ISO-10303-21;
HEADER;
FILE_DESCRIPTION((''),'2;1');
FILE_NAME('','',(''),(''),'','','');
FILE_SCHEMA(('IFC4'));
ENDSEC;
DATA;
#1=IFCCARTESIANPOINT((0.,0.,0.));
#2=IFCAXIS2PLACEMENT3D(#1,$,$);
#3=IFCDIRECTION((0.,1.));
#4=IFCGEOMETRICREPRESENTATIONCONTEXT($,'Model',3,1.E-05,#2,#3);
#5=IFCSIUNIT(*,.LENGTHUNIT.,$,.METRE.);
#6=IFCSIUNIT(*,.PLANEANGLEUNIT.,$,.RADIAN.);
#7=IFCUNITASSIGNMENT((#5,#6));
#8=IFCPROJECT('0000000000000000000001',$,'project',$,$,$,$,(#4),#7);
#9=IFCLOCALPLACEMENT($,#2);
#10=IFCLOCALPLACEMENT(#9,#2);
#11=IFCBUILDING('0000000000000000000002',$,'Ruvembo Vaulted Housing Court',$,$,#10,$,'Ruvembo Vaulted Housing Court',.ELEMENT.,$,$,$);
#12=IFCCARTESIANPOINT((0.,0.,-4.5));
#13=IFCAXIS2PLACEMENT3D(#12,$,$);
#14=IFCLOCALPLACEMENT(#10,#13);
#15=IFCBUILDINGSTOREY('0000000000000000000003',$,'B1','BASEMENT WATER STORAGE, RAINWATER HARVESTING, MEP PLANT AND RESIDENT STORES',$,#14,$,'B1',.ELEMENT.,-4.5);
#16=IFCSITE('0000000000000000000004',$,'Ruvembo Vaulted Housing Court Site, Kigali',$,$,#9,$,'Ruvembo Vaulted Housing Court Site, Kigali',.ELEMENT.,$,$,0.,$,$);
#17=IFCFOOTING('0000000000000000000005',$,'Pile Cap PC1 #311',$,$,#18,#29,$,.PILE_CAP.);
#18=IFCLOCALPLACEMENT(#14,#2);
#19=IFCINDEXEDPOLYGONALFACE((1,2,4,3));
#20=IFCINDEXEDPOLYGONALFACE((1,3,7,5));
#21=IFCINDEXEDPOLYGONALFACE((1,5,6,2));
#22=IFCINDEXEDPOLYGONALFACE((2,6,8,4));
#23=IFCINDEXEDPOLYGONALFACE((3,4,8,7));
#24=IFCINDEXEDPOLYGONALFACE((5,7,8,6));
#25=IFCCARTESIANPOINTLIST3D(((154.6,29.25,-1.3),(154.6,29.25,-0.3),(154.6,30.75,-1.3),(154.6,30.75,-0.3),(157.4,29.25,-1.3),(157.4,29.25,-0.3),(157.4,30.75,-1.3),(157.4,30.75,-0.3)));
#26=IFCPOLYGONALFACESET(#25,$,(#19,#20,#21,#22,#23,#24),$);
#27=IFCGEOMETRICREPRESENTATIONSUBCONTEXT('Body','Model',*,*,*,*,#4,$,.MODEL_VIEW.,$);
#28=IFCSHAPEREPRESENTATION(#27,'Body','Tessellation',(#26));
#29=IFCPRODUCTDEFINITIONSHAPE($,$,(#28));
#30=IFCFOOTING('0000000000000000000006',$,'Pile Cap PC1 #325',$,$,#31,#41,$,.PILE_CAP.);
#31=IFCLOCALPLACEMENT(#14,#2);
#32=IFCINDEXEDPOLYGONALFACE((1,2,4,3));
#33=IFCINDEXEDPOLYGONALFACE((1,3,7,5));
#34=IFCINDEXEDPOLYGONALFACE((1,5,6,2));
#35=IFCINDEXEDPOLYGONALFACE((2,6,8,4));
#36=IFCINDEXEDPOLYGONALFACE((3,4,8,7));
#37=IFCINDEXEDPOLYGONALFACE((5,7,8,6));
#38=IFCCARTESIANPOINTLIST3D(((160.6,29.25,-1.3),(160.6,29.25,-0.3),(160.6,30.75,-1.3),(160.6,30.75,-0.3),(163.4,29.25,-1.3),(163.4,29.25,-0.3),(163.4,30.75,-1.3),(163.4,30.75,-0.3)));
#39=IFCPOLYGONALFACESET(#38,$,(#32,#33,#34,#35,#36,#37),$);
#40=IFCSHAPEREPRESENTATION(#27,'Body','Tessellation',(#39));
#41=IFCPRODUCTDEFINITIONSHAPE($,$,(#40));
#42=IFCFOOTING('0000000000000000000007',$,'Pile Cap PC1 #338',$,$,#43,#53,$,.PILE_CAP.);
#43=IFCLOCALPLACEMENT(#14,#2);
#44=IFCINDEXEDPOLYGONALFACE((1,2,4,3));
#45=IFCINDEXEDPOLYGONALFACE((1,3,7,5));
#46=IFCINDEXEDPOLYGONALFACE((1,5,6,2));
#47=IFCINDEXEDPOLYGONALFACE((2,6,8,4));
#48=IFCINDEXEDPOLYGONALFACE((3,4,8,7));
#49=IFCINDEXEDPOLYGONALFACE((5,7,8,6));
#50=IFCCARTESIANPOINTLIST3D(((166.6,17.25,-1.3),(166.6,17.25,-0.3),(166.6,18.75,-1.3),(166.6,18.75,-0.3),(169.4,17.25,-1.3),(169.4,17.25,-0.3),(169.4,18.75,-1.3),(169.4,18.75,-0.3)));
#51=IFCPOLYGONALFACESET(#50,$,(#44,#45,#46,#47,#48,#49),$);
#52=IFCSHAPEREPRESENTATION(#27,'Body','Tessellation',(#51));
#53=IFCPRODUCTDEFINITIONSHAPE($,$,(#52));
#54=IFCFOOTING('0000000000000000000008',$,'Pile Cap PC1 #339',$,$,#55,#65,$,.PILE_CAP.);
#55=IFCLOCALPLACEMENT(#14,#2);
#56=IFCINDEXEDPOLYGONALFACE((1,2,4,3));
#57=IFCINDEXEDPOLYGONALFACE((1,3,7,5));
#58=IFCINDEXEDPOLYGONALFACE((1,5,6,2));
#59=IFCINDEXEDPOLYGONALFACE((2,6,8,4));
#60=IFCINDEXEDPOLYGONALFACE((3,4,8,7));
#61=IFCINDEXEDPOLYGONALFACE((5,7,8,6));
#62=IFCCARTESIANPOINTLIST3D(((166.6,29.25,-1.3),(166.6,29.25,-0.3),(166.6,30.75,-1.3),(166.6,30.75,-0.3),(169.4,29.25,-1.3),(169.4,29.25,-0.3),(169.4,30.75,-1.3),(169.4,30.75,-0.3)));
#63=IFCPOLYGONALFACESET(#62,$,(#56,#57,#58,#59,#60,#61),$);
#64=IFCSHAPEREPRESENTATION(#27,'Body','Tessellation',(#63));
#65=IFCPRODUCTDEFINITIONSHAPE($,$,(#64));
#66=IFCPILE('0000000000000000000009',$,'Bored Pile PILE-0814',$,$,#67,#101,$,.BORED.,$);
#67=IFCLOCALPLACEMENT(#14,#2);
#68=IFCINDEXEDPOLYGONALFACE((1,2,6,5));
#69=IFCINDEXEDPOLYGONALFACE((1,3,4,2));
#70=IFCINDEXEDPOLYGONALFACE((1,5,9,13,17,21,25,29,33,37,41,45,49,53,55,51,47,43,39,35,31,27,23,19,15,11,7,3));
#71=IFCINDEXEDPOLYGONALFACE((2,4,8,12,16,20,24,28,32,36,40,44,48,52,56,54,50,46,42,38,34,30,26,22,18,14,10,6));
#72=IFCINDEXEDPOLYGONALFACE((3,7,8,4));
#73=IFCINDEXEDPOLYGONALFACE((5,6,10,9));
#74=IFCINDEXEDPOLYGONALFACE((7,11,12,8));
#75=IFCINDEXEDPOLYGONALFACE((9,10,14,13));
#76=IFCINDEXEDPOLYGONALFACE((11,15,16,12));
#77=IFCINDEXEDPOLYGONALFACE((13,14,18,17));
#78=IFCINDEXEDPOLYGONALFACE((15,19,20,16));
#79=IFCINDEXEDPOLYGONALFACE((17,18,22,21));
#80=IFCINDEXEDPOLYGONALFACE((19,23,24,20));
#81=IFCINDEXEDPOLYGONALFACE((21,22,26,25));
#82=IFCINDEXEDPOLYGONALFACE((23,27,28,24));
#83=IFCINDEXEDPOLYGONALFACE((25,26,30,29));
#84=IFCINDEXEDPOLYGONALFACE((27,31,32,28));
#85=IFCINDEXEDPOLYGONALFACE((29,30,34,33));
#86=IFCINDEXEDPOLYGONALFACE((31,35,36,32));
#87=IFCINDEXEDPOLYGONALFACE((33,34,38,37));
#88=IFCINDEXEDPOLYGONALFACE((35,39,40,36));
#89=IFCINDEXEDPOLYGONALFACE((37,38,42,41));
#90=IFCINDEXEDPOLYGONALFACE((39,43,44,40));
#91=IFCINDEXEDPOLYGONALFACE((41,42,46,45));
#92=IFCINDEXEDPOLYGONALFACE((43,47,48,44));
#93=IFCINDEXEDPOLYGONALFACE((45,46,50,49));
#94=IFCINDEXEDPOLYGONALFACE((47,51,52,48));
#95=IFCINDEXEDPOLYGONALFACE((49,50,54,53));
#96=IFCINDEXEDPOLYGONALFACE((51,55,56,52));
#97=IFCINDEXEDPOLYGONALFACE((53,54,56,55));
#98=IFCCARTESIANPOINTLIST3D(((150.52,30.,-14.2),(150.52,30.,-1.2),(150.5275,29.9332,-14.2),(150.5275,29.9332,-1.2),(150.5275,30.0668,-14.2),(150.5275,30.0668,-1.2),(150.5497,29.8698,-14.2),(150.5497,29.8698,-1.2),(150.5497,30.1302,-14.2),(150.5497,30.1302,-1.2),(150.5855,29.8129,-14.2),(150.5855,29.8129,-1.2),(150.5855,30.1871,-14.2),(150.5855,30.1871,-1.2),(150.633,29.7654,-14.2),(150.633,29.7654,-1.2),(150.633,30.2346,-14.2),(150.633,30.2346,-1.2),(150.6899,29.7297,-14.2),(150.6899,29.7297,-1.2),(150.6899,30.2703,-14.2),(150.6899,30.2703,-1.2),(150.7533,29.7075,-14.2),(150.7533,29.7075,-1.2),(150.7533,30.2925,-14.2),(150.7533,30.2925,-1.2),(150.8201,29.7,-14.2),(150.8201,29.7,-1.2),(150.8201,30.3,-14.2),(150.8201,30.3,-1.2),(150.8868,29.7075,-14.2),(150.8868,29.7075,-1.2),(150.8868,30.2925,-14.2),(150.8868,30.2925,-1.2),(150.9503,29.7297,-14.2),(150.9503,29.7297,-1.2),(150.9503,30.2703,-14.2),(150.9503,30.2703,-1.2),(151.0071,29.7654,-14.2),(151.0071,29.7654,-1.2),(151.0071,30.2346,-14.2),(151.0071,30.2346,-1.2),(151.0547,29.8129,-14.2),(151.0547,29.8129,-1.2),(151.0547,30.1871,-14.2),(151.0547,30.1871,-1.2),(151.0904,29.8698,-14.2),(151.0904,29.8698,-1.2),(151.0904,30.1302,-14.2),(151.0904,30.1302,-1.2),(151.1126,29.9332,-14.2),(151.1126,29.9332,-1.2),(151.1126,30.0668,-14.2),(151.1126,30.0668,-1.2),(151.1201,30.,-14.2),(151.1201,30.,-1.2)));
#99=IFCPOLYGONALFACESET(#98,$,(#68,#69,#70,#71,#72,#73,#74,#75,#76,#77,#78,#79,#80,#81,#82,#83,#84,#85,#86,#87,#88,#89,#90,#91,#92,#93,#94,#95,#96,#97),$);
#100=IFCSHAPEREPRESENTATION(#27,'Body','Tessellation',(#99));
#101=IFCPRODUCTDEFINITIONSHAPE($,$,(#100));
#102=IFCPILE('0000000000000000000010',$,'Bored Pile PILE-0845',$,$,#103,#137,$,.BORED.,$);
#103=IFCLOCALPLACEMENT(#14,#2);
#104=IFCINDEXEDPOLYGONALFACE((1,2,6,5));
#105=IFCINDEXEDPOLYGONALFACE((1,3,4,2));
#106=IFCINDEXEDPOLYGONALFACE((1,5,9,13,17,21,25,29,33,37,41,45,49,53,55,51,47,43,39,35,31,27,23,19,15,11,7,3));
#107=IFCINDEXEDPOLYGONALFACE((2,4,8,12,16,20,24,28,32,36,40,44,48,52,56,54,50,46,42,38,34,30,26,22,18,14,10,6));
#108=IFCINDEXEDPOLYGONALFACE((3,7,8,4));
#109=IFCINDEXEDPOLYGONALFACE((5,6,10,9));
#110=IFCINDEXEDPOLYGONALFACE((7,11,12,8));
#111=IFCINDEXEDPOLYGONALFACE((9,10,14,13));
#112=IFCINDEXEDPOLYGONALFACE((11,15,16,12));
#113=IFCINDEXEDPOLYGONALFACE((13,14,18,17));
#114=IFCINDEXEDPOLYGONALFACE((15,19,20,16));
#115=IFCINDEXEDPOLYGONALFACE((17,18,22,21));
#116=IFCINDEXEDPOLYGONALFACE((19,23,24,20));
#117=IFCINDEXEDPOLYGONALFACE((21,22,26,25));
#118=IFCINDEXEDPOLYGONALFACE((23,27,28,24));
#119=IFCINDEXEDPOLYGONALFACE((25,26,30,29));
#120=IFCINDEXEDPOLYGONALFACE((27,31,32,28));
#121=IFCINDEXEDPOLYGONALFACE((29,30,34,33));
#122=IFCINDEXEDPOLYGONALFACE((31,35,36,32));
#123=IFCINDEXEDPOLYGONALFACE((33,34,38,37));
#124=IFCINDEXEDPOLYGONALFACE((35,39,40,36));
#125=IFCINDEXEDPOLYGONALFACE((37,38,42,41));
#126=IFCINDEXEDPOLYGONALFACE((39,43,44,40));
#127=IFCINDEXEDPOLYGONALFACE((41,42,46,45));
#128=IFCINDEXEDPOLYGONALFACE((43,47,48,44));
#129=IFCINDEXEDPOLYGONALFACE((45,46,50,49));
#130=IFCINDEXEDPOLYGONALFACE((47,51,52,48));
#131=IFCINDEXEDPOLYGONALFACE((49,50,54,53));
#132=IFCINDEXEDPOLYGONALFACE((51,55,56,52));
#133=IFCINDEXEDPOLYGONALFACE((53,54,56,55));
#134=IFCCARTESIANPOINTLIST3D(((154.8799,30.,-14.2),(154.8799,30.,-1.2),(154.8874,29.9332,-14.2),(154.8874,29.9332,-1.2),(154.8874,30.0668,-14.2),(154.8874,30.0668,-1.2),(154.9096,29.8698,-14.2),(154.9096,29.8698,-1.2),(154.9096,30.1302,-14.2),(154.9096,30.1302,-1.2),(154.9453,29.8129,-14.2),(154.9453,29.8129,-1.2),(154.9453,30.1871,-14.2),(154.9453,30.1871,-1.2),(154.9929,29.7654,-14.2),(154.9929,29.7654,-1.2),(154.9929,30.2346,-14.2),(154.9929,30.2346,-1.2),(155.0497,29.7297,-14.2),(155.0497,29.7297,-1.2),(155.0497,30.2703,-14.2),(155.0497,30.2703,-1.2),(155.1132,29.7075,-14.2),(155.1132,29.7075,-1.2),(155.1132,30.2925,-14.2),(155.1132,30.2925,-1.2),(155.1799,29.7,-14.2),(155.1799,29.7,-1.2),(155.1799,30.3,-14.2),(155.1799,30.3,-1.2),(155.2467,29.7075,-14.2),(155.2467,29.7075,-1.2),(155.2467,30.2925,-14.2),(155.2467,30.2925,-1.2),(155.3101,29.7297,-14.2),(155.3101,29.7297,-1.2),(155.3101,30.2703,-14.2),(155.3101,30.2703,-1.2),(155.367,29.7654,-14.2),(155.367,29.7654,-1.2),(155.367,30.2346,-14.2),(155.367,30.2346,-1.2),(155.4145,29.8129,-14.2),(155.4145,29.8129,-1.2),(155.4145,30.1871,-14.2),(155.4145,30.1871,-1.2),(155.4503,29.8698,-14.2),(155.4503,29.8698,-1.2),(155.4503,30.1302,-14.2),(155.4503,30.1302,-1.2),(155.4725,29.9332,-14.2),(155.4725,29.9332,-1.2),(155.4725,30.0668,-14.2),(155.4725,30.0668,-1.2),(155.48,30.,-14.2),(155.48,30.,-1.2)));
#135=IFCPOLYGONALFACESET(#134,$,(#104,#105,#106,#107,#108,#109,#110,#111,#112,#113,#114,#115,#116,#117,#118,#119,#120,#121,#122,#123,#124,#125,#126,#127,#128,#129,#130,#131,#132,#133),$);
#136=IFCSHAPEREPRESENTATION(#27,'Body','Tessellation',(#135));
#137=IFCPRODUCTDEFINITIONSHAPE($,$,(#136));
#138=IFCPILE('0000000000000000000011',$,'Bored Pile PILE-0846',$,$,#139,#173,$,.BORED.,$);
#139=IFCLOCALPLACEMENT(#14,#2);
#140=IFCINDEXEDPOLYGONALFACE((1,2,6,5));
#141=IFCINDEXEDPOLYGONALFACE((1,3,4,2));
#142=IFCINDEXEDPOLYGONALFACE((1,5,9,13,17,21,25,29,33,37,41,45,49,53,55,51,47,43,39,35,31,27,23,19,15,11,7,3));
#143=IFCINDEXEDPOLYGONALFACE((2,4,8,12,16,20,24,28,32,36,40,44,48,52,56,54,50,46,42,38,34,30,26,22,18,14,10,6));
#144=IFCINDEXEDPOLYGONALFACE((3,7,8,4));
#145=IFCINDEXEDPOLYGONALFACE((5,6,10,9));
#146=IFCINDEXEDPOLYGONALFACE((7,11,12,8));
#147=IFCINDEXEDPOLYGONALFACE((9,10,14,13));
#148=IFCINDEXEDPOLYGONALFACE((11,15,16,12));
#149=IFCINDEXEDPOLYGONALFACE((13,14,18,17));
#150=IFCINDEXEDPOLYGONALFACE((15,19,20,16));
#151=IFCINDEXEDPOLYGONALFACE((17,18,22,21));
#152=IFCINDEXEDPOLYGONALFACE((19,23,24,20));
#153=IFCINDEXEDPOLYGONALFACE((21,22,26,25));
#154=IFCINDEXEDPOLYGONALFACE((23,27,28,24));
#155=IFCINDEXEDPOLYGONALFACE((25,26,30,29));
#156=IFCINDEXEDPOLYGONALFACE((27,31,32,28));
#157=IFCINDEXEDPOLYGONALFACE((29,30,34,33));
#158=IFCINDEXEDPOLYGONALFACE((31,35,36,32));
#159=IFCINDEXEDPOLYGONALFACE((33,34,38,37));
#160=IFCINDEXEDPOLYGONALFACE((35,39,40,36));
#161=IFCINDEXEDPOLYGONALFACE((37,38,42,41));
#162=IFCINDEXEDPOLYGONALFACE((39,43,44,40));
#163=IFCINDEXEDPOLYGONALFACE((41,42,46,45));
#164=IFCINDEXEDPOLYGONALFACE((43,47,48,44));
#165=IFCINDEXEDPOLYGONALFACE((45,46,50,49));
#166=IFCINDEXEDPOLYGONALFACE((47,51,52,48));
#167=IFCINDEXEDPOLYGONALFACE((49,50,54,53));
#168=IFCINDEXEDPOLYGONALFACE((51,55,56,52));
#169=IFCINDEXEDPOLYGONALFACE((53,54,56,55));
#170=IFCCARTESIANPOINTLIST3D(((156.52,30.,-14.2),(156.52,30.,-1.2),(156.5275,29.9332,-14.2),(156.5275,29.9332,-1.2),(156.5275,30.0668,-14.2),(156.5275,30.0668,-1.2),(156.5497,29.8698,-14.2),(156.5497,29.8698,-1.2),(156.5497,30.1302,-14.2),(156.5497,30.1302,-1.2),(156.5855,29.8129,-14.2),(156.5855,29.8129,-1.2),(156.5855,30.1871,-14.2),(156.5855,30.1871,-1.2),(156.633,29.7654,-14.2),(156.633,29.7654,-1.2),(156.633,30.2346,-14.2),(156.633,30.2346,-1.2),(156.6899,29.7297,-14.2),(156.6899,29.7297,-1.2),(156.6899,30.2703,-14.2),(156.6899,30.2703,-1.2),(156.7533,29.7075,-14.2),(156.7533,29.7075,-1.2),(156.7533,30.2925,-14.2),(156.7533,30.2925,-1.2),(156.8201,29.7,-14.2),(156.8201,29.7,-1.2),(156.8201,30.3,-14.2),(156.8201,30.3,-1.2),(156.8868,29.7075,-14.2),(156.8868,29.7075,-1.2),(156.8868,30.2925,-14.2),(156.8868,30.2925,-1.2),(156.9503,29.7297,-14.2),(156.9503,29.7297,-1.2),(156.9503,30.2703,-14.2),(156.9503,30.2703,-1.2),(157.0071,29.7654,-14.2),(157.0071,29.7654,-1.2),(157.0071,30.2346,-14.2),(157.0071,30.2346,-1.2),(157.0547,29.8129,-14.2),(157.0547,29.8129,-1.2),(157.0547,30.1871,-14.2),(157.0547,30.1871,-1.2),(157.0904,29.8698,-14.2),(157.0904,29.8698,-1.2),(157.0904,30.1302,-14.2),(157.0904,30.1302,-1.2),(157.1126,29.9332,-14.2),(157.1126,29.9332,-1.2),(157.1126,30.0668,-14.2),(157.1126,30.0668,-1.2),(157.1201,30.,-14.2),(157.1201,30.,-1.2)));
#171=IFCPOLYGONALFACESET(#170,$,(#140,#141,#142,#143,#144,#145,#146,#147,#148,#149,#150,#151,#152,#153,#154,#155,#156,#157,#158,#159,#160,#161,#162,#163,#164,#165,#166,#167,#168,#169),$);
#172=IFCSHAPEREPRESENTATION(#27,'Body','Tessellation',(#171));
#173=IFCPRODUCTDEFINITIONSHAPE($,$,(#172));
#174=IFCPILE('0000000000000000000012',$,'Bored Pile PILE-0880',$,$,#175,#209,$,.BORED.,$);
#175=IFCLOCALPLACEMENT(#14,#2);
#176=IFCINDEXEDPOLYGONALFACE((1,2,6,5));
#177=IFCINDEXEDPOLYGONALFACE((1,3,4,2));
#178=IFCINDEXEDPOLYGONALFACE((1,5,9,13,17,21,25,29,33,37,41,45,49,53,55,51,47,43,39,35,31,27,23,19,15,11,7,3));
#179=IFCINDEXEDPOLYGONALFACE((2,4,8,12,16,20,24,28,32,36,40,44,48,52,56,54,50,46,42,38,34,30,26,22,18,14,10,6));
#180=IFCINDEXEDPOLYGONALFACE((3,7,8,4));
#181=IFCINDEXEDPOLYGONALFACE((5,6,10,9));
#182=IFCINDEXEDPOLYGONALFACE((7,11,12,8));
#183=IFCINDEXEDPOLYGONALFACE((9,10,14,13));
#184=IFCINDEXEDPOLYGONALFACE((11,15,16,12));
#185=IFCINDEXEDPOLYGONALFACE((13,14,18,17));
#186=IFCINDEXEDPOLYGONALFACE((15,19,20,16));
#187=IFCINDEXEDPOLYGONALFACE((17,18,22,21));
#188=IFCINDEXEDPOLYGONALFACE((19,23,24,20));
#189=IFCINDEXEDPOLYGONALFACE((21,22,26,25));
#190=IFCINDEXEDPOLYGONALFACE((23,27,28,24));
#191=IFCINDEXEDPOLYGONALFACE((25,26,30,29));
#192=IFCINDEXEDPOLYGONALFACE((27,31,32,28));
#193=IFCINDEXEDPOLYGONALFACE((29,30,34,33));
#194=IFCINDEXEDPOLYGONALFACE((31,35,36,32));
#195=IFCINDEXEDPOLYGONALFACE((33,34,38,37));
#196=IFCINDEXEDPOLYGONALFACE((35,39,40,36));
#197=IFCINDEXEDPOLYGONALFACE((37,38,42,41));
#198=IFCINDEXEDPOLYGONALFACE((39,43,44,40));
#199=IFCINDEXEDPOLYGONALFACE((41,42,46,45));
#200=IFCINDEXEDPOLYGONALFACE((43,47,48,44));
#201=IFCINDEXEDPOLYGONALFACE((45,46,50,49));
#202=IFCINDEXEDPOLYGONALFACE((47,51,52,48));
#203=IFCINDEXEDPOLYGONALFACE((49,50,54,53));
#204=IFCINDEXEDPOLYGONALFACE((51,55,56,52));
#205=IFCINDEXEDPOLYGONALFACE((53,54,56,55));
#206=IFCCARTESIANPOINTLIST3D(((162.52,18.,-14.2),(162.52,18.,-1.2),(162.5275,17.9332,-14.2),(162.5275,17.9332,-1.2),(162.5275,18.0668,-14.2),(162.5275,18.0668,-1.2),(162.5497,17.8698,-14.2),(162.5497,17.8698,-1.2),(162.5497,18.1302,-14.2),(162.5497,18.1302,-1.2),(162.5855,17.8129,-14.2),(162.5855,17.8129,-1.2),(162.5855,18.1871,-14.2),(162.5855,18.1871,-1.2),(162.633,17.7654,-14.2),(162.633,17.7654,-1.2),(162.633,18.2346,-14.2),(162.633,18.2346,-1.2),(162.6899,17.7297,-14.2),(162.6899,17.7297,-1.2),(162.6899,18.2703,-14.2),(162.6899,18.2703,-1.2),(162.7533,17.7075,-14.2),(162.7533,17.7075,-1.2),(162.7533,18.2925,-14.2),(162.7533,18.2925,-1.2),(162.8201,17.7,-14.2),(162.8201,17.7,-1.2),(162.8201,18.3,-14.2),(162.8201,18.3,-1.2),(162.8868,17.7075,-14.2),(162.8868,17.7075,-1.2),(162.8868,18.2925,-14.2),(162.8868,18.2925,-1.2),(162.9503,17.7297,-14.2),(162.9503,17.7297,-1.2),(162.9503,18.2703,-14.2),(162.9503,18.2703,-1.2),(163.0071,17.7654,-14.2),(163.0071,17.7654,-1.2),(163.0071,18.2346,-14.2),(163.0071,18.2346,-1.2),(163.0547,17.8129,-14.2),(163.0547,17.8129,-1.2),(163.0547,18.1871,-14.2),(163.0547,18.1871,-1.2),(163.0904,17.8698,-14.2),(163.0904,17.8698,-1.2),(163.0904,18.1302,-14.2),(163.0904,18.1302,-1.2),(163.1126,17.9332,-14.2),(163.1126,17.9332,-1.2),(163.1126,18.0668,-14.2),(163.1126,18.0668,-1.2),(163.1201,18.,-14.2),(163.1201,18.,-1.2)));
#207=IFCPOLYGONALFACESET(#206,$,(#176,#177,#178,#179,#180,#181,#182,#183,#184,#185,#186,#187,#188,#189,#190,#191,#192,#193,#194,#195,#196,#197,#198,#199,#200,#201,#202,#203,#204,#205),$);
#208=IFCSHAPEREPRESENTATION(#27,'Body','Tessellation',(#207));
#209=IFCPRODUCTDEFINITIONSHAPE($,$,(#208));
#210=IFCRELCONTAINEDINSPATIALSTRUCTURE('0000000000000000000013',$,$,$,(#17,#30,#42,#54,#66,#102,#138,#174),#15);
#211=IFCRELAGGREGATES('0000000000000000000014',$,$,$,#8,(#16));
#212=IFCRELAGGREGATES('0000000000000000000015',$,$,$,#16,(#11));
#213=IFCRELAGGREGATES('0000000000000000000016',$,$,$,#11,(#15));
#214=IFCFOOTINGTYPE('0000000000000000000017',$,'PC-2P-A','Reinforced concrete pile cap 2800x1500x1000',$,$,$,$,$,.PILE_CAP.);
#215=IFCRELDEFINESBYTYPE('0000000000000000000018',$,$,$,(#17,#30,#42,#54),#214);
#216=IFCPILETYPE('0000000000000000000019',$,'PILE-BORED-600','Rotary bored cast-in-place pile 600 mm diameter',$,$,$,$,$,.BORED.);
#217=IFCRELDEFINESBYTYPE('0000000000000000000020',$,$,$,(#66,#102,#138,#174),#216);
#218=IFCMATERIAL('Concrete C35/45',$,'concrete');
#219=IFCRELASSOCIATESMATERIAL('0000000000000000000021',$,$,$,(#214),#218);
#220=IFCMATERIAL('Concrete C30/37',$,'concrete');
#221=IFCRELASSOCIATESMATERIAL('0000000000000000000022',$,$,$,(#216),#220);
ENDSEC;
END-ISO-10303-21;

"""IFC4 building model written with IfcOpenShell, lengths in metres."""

from ifc_helpers import new_model, si_unit, direction, frame, origin, origin_2d, place, context, subcontext, project, spatial, rectangle, circle, extrude, material, material_profile, profile_set, type_object, element, save


model = new_model("IFC4")

# Units and contexts
model_context = context("Model", 3, precision=1e-05, world=origin(), true_north=direction((0.0, 1.0)))
body_context = subcontext(model_context, "Body", "Model", "MODEL_VIEW")
ifc_project = project(units=[si_unit("LENGTHUNIT", "METRE"), si_unit("PLANEANGLEUNIT", "RADIAN")], contexts=[model_context])

# Site, building, storey
site_placement = place(None, origin())
site = spatial("IfcSite", under=ifc_project, at=site_placement, Name="Ruvembo Vaulted Housing Court Site, Kigali", LongName="Ruvembo Vaulted Housing Court Site, Kigali", CompositionType="ELEMENT", RefElevation=0.0)
building_placement = place(site_placement, origin())
building = spatial("IfcBuilding", under=site, at=building_placement, Name="Ruvembo Vaulted Housing Court", LongName="Ruvembo Vaulted Housing Court", CompositionType="ELEMENT")
storey_placement = place(building_placement, frame((0.0, 0.0, -4.5)))
storey = spatial("IfcBuildingStorey", under=building, at=storey_placement, Name="B1", Description="BASEMENT WATER STORAGE, RAINWATER HARVESTING, MEP PLANT AND RESIDENT STORES", LongName="B1", CompositionType="ELEMENT", Elevation=-4.5)

# Footings
ifc_material_1 = material(Name="Concrete C35/45", Category="concrete")
footing_type = type_object("IfcFootingType", Name="PC-2P-A", Description="Reinforced concrete pile cap 2800x1500x1000", PredefinedType="PILE_CAP", material=ifc_material_1)
for number, where, z_axis, x_axis, name in (
    (1, (156.0, 30.0, -1.3), (0.0, 0.0, 1.0), (1.0, 0.0, 0.0), "Pile Cap PC1 #311"),
    (2, (162.0, 30.0, -1.3), (0.0, 0.0, 1.0), (1.0, 0.0, 0.0), "Pile Cap PC1 #325"),
    (3, (168.0, 18.0, -1.3), (0.0, 0.0, 1.0), (1.0, 0.0, 0.0), "Pile Cap PC1 #338"),
    (4, (168.0, 30.0, -1.3), (0.0, 0.0, 1.0), (1.0, 0.0, 0.0), "Pile Cap PC1 #339"),
):
    element("IfcFooting", number, at=place(storey_placement, frame(where, z_axis=z_axis, x_axis=x_axis)), inside=storey, type_object=footing_type, Name=name, PredefinedType="PILE_CAP", context=body_context, shape_type="SweptSolid", body=[
        extrude(rectangle(XDim=2.8, YDim=1.5, at=origin_2d()), origin(), (0.0, 0.0, 1.0), 1.0),
    ])

# Piles
ifc_material_2 = material(Name="Concrete C30/37", Category="concrete")
ifc_material_profile_1 = material_profile(ifc_material_2, circle(Radius=0.3, at=origin_2d()), Name="PILE D600")
ifc_profile_set_1 = profile_set([ifc_material_profile_1], Name="Concrete C30/37")
pile_type = type_object("IfcPileType", Name="PILE-BORED-600", Description="Rotary bored cast-in-place pile 600 mm diameter", PredefinedType="BORED", material=ifc_profile_set_1)
for number, where, z_axis, x_axis, name in (
    (5, (150.8201, 30.0, -1.2), (0.0, 0.0, -1.0), (1.0, 0.0, 0.0), "Bored Pile PILE-0814"),
    (6, (155.1799, 30.0, -1.2), (0.0, 0.0, -1.0), (1.0, 0.0, 0.0), "Bored Pile PILE-0845"),
    (7, (156.8201, 30.0, -1.2), (0.0, 0.0, -1.0), (1.0, 0.0, 0.0), "Bored Pile PILE-0846"),
    (8, (162.8201, 18.0, -1.2), (0.0, 0.0, -1.0), (1.0, 0.0, 0.0), "Bored Pile PILE-0880"),
):
    element("IfcPile", number, at=place(storey_placement, frame(where, z_axis=z_axis, x_axis=x_axis)), inside=storey, type_object=pile_type, Name=name, PredefinedType="BORED", context=body_context, shape_type="SweptSolid", body=[
        extrude(circle(Radius=0.3, at=origin_2d()), origin(), (0.0, 0.0, 1.0), 13.0),
    ])

save(model, "model.ifc")
